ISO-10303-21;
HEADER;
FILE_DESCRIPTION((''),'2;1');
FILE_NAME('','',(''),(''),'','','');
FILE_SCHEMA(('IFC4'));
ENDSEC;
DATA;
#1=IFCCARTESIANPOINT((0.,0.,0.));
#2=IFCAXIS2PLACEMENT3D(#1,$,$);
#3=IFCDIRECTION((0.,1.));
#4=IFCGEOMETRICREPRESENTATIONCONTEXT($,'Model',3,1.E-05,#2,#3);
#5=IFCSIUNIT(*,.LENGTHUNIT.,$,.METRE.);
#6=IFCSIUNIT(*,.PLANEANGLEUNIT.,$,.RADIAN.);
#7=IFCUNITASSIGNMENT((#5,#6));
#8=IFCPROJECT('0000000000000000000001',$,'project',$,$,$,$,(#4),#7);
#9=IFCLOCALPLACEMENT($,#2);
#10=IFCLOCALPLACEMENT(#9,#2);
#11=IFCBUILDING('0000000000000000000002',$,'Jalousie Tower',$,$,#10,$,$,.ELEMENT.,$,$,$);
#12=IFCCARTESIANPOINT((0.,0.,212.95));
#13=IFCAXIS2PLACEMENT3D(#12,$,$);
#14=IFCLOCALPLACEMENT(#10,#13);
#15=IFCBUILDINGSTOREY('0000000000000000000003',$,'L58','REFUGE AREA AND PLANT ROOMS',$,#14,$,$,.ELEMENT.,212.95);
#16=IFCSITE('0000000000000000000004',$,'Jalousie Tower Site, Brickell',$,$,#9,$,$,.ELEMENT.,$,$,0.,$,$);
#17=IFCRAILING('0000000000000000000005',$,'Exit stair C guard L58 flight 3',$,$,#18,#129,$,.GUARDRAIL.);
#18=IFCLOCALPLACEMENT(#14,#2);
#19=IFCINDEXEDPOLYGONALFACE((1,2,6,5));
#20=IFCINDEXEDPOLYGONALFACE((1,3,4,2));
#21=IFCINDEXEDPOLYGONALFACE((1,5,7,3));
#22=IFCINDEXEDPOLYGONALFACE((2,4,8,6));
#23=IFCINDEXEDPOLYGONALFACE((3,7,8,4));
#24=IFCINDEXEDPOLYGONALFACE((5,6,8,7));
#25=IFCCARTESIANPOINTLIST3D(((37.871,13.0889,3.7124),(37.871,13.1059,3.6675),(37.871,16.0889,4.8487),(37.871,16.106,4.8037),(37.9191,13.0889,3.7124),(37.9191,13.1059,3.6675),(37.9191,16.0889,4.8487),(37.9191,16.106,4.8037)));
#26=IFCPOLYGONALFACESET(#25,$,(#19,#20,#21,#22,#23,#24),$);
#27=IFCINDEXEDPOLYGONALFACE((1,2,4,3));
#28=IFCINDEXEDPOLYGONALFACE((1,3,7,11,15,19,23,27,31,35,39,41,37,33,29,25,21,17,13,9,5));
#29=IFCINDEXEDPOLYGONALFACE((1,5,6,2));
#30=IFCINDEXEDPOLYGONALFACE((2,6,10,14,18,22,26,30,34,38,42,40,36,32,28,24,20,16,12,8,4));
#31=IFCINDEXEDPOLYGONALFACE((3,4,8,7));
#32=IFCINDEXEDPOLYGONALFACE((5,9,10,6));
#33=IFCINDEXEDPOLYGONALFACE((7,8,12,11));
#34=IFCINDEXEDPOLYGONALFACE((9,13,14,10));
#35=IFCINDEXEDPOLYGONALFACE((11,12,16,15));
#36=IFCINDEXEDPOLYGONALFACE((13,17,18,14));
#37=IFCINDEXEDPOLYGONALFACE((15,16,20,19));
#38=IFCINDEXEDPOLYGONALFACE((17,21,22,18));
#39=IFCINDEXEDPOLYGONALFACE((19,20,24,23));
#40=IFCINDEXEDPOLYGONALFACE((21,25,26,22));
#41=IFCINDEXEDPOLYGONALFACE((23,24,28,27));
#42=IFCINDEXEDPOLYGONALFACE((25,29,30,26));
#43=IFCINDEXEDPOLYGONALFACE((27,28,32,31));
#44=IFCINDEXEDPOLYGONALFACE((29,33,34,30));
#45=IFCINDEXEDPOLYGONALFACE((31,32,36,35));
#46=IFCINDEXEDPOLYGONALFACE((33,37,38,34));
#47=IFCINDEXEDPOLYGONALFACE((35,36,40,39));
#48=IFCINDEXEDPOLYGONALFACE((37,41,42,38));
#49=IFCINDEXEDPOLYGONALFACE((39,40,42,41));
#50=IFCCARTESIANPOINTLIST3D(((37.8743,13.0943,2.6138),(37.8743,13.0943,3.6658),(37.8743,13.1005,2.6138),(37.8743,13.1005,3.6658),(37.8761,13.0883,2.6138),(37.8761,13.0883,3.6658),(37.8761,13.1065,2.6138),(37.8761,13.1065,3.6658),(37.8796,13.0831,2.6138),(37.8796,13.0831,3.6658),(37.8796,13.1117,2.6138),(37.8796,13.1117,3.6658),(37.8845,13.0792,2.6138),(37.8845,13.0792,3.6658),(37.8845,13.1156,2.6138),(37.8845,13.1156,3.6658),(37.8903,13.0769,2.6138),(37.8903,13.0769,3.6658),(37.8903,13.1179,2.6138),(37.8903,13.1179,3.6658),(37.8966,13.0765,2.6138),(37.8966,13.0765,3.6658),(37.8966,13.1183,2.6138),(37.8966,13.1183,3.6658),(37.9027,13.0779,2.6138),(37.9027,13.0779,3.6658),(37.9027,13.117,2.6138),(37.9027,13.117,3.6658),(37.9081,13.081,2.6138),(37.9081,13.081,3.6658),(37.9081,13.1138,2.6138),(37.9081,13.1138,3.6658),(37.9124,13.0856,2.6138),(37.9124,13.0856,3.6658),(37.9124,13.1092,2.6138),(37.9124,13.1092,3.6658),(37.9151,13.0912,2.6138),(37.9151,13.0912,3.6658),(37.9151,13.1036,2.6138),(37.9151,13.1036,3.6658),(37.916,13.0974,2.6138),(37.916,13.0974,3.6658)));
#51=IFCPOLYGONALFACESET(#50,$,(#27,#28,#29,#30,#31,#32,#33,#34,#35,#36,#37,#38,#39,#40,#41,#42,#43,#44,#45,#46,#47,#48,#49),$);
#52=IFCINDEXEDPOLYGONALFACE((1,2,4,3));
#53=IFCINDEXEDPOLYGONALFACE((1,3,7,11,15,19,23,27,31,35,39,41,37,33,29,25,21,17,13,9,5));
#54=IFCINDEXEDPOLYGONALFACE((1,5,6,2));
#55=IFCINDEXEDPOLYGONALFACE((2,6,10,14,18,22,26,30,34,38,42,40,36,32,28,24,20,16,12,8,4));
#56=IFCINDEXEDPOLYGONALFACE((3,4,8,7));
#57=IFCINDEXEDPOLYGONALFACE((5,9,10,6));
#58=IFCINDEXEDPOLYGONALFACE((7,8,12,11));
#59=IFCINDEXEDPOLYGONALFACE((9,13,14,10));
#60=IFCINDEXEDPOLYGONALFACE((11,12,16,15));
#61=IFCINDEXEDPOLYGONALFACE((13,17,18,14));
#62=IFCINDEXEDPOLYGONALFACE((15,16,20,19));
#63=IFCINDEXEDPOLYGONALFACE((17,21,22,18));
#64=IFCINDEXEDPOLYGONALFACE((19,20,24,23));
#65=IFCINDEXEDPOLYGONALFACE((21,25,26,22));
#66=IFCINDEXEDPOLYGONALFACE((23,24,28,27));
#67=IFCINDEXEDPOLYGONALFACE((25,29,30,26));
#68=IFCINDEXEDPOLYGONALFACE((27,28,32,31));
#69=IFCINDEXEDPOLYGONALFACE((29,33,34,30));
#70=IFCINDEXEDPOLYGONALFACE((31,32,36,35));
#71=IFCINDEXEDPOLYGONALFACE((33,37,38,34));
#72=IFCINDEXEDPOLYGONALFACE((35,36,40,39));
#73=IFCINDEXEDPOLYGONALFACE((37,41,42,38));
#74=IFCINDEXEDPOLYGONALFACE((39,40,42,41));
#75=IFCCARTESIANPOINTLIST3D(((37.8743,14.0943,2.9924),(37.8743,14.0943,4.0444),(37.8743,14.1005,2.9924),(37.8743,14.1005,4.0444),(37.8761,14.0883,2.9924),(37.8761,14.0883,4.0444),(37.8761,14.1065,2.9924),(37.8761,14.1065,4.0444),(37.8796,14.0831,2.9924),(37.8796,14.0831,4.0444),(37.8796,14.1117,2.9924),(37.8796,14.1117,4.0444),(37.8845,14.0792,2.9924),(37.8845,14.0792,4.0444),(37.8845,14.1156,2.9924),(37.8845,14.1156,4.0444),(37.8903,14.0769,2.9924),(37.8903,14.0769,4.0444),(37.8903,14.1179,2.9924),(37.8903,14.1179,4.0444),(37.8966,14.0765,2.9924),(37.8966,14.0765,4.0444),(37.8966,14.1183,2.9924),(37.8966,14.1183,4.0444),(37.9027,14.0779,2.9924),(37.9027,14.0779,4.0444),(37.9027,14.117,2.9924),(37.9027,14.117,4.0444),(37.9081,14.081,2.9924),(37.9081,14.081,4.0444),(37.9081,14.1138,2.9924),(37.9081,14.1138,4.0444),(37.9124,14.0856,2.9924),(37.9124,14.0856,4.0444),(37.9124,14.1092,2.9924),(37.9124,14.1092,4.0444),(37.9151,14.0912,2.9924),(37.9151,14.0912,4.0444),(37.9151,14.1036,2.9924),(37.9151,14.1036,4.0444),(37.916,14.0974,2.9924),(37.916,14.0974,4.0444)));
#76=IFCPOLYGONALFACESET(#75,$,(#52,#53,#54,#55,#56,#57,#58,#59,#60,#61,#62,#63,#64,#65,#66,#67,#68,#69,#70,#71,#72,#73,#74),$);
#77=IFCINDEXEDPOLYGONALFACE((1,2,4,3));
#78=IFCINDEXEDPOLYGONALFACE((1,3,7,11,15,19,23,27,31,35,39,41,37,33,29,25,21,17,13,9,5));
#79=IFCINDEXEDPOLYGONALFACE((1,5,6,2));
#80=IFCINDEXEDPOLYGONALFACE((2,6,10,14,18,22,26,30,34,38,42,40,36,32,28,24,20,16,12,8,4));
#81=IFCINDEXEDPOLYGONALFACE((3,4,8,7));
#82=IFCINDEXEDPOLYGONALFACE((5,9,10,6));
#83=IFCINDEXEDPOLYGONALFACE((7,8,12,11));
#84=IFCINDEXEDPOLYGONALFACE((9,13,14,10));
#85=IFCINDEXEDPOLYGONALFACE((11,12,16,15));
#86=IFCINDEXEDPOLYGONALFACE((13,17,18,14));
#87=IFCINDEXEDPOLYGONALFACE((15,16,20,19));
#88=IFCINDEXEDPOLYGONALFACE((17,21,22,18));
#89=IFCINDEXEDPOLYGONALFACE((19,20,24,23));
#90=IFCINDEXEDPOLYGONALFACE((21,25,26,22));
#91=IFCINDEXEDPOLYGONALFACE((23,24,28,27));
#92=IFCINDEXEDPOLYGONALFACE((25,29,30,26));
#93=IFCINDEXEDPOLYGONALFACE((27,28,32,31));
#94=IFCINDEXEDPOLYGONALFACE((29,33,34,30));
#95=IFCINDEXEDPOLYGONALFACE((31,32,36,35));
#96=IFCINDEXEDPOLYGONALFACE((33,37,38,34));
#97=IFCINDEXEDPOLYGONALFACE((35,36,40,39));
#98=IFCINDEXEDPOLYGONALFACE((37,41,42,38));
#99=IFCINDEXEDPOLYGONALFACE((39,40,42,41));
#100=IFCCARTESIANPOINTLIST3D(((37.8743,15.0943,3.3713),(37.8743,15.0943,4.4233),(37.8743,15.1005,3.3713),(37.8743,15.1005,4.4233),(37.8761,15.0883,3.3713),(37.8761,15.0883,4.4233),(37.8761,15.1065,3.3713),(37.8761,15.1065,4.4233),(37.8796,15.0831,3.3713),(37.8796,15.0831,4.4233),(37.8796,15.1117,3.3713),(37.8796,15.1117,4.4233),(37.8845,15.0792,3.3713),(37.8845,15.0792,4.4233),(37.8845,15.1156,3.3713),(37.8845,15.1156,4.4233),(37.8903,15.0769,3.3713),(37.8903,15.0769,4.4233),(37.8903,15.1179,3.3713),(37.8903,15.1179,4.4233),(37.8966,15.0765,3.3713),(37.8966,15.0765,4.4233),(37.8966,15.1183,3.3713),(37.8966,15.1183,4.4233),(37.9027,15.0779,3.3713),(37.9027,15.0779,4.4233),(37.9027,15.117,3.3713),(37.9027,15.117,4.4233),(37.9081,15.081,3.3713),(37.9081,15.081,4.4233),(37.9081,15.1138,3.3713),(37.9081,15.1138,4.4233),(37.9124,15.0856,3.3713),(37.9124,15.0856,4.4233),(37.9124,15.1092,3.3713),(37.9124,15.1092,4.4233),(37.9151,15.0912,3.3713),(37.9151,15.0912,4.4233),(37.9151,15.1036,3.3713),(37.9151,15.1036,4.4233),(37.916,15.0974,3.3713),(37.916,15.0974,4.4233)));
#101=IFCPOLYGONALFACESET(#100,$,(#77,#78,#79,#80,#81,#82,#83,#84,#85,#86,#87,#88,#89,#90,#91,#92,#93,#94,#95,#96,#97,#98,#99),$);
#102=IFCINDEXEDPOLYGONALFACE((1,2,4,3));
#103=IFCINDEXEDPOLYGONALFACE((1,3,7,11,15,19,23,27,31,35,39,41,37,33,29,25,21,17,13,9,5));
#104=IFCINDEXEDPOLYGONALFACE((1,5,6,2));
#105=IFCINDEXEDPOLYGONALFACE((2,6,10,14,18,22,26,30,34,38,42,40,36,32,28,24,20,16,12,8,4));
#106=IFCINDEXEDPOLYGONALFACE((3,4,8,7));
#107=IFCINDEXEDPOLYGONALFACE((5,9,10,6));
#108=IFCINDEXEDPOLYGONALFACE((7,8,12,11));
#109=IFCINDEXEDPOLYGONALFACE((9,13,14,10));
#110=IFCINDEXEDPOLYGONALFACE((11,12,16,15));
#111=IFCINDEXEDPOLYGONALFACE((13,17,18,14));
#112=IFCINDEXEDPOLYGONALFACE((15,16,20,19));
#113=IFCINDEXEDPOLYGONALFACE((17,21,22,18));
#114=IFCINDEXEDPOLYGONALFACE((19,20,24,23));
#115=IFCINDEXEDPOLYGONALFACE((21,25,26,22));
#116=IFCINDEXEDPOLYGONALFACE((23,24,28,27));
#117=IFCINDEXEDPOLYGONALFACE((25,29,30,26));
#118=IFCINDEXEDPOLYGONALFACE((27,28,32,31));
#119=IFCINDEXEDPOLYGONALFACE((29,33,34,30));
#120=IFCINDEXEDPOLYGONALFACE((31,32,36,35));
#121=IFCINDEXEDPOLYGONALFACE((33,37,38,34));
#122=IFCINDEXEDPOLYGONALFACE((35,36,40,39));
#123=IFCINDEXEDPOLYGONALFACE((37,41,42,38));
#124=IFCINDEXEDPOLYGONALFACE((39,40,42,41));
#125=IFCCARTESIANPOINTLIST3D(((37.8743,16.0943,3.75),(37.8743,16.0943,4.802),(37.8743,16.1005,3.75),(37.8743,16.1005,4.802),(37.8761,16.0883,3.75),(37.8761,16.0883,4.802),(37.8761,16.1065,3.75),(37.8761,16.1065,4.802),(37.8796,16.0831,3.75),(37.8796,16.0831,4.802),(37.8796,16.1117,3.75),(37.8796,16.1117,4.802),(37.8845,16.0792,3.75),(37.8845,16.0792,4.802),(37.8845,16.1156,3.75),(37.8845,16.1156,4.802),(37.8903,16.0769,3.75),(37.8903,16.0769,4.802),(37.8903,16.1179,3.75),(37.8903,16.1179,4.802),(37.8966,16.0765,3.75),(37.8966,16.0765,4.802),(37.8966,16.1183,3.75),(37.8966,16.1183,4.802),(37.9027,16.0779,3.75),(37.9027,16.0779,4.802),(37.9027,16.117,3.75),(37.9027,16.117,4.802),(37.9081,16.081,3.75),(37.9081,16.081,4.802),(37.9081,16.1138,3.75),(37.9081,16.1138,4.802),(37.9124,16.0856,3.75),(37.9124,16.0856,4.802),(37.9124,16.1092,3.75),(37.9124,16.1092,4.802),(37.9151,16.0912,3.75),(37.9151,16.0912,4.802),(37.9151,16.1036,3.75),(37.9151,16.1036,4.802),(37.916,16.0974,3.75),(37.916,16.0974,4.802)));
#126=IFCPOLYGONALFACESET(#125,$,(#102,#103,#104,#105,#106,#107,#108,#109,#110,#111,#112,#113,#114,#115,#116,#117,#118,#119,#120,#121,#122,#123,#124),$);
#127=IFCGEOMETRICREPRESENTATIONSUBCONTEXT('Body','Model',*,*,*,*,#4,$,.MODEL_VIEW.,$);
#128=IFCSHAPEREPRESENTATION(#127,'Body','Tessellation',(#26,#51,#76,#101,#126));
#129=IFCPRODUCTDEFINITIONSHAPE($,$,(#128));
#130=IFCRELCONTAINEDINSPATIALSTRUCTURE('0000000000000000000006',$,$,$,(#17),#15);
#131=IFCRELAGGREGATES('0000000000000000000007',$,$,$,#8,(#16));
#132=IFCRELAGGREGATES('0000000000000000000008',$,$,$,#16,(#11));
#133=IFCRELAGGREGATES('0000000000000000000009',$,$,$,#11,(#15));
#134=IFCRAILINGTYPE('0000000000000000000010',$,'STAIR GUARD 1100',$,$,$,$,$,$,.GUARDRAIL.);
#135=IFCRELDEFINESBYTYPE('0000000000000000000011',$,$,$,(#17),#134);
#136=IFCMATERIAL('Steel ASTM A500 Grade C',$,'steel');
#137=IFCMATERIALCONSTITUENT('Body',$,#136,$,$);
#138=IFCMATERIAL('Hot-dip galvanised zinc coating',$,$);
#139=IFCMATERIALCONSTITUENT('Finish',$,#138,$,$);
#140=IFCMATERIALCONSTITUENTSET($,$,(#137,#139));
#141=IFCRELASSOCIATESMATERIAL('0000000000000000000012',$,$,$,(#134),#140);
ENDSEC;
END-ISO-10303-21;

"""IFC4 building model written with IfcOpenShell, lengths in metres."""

from ifc_helpers import new_model, si_unit, direction, frame, origin, origin_2d, place, context, subcontext, project, spatial, rectangle, circle, extrude, material, constituent, constituent_set, type_object, element, save


model = new_model("IFC4")

# Units and contexts
model_context = context("Model", 3, precision=1e-05, world=origin(), true_north=direction((0.0, 1.0)))
body_context = subcontext(model_context, "Body", "Model", "MODEL_VIEW")
ifc_project = project(units=[si_unit("LENGTHUNIT", "METRE"), si_unit("PLANEANGLEUNIT", "RADIAN")], contexts=[model_context])

# Site, building, storey
site_placement = place(None, origin())
site = spatial("IfcSite", under=ifc_project, at=site_placement, Name="Jalousie Tower Site, Brickell", CompositionType="ELEMENT", RefElevation=0.0)
building_placement = place(site_placement, origin())
building = spatial("IfcBuilding", under=site, at=building_placement, Name="Jalousie Tower", CompositionType="ELEMENT")
storey_placement = place(building_placement, frame((0.0, 0.0, 212.95)))
storey = spatial("IfcBuildingStorey", under=building, at=storey_placement, Name="L58", Description="REFUGE AREA AND PLANT ROOMS", CompositionType="ELEMENT", Elevation=212.95)

# Railing
ifc_material_1 = material(Name="Steel ASTM A500 Grade C", Category="steel")
ifc_constituent_1 = constituent(ifc_material_1, Name="Body")
ifc_material_2 = material(Name="Hot-dip galvanised zinc coating")
ifc_constituent_2 = constituent(ifc_material_2, Name="Finish")
ifc_constituent_set_1 = constituent_set(constituents=[ifc_constituent_1, ifc_constituent_2])
railing_type_1 = type_object("IfcRailingType", Name="STAIR GUARD 1100", PredefinedType="GUARDRAIL", material=ifc_constituent_set_1)
railing_1_placement = place(storey_placement, frame((37.895, 13.0974, 2.6138)))
element("IfcRailing", 1, at=railing_1_placement, inside=storey, type_object=railing_type_1, Name="Exit stair C guard L58 flight 3", PredefinedType="GUARDRAIL", context=body_context, shape_type="SweptSolid", body=[
    extrude(rectangle(XDim=0.0481, YDim=0.0481, at=origin_2d()), frame((0.0, 0.0, 1.0762), z_axis=(0.0, 0.935173, 0.354191), x_axis=(-1.0, 0.0, 0.0)), (0.0, 0.0, 1.0), 3.208),
    extrude(circle(Radius=0.021, at=origin_2d()), origin(), (0.0, 0.0, 1.0), 1.052),
    extrude(circle(Radius=0.021, at=origin_2d()), frame((0.0, 1.0, 0.3787)), (0.0, 0.0, 1.0), 1.052),
    extrude(circle(Radius=0.021, at=origin_2d()), frame((0.0, 2.0, 0.7576)), (0.0, 0.0, 1.0), 1.052),
    extrude(circle(Radius=0.021, at=origin_2d()), frame((0.0, 3.0, 1.1362)), (0.0, 0.0, 1.0), 1.052),
])

save(model, "model.ifc")
